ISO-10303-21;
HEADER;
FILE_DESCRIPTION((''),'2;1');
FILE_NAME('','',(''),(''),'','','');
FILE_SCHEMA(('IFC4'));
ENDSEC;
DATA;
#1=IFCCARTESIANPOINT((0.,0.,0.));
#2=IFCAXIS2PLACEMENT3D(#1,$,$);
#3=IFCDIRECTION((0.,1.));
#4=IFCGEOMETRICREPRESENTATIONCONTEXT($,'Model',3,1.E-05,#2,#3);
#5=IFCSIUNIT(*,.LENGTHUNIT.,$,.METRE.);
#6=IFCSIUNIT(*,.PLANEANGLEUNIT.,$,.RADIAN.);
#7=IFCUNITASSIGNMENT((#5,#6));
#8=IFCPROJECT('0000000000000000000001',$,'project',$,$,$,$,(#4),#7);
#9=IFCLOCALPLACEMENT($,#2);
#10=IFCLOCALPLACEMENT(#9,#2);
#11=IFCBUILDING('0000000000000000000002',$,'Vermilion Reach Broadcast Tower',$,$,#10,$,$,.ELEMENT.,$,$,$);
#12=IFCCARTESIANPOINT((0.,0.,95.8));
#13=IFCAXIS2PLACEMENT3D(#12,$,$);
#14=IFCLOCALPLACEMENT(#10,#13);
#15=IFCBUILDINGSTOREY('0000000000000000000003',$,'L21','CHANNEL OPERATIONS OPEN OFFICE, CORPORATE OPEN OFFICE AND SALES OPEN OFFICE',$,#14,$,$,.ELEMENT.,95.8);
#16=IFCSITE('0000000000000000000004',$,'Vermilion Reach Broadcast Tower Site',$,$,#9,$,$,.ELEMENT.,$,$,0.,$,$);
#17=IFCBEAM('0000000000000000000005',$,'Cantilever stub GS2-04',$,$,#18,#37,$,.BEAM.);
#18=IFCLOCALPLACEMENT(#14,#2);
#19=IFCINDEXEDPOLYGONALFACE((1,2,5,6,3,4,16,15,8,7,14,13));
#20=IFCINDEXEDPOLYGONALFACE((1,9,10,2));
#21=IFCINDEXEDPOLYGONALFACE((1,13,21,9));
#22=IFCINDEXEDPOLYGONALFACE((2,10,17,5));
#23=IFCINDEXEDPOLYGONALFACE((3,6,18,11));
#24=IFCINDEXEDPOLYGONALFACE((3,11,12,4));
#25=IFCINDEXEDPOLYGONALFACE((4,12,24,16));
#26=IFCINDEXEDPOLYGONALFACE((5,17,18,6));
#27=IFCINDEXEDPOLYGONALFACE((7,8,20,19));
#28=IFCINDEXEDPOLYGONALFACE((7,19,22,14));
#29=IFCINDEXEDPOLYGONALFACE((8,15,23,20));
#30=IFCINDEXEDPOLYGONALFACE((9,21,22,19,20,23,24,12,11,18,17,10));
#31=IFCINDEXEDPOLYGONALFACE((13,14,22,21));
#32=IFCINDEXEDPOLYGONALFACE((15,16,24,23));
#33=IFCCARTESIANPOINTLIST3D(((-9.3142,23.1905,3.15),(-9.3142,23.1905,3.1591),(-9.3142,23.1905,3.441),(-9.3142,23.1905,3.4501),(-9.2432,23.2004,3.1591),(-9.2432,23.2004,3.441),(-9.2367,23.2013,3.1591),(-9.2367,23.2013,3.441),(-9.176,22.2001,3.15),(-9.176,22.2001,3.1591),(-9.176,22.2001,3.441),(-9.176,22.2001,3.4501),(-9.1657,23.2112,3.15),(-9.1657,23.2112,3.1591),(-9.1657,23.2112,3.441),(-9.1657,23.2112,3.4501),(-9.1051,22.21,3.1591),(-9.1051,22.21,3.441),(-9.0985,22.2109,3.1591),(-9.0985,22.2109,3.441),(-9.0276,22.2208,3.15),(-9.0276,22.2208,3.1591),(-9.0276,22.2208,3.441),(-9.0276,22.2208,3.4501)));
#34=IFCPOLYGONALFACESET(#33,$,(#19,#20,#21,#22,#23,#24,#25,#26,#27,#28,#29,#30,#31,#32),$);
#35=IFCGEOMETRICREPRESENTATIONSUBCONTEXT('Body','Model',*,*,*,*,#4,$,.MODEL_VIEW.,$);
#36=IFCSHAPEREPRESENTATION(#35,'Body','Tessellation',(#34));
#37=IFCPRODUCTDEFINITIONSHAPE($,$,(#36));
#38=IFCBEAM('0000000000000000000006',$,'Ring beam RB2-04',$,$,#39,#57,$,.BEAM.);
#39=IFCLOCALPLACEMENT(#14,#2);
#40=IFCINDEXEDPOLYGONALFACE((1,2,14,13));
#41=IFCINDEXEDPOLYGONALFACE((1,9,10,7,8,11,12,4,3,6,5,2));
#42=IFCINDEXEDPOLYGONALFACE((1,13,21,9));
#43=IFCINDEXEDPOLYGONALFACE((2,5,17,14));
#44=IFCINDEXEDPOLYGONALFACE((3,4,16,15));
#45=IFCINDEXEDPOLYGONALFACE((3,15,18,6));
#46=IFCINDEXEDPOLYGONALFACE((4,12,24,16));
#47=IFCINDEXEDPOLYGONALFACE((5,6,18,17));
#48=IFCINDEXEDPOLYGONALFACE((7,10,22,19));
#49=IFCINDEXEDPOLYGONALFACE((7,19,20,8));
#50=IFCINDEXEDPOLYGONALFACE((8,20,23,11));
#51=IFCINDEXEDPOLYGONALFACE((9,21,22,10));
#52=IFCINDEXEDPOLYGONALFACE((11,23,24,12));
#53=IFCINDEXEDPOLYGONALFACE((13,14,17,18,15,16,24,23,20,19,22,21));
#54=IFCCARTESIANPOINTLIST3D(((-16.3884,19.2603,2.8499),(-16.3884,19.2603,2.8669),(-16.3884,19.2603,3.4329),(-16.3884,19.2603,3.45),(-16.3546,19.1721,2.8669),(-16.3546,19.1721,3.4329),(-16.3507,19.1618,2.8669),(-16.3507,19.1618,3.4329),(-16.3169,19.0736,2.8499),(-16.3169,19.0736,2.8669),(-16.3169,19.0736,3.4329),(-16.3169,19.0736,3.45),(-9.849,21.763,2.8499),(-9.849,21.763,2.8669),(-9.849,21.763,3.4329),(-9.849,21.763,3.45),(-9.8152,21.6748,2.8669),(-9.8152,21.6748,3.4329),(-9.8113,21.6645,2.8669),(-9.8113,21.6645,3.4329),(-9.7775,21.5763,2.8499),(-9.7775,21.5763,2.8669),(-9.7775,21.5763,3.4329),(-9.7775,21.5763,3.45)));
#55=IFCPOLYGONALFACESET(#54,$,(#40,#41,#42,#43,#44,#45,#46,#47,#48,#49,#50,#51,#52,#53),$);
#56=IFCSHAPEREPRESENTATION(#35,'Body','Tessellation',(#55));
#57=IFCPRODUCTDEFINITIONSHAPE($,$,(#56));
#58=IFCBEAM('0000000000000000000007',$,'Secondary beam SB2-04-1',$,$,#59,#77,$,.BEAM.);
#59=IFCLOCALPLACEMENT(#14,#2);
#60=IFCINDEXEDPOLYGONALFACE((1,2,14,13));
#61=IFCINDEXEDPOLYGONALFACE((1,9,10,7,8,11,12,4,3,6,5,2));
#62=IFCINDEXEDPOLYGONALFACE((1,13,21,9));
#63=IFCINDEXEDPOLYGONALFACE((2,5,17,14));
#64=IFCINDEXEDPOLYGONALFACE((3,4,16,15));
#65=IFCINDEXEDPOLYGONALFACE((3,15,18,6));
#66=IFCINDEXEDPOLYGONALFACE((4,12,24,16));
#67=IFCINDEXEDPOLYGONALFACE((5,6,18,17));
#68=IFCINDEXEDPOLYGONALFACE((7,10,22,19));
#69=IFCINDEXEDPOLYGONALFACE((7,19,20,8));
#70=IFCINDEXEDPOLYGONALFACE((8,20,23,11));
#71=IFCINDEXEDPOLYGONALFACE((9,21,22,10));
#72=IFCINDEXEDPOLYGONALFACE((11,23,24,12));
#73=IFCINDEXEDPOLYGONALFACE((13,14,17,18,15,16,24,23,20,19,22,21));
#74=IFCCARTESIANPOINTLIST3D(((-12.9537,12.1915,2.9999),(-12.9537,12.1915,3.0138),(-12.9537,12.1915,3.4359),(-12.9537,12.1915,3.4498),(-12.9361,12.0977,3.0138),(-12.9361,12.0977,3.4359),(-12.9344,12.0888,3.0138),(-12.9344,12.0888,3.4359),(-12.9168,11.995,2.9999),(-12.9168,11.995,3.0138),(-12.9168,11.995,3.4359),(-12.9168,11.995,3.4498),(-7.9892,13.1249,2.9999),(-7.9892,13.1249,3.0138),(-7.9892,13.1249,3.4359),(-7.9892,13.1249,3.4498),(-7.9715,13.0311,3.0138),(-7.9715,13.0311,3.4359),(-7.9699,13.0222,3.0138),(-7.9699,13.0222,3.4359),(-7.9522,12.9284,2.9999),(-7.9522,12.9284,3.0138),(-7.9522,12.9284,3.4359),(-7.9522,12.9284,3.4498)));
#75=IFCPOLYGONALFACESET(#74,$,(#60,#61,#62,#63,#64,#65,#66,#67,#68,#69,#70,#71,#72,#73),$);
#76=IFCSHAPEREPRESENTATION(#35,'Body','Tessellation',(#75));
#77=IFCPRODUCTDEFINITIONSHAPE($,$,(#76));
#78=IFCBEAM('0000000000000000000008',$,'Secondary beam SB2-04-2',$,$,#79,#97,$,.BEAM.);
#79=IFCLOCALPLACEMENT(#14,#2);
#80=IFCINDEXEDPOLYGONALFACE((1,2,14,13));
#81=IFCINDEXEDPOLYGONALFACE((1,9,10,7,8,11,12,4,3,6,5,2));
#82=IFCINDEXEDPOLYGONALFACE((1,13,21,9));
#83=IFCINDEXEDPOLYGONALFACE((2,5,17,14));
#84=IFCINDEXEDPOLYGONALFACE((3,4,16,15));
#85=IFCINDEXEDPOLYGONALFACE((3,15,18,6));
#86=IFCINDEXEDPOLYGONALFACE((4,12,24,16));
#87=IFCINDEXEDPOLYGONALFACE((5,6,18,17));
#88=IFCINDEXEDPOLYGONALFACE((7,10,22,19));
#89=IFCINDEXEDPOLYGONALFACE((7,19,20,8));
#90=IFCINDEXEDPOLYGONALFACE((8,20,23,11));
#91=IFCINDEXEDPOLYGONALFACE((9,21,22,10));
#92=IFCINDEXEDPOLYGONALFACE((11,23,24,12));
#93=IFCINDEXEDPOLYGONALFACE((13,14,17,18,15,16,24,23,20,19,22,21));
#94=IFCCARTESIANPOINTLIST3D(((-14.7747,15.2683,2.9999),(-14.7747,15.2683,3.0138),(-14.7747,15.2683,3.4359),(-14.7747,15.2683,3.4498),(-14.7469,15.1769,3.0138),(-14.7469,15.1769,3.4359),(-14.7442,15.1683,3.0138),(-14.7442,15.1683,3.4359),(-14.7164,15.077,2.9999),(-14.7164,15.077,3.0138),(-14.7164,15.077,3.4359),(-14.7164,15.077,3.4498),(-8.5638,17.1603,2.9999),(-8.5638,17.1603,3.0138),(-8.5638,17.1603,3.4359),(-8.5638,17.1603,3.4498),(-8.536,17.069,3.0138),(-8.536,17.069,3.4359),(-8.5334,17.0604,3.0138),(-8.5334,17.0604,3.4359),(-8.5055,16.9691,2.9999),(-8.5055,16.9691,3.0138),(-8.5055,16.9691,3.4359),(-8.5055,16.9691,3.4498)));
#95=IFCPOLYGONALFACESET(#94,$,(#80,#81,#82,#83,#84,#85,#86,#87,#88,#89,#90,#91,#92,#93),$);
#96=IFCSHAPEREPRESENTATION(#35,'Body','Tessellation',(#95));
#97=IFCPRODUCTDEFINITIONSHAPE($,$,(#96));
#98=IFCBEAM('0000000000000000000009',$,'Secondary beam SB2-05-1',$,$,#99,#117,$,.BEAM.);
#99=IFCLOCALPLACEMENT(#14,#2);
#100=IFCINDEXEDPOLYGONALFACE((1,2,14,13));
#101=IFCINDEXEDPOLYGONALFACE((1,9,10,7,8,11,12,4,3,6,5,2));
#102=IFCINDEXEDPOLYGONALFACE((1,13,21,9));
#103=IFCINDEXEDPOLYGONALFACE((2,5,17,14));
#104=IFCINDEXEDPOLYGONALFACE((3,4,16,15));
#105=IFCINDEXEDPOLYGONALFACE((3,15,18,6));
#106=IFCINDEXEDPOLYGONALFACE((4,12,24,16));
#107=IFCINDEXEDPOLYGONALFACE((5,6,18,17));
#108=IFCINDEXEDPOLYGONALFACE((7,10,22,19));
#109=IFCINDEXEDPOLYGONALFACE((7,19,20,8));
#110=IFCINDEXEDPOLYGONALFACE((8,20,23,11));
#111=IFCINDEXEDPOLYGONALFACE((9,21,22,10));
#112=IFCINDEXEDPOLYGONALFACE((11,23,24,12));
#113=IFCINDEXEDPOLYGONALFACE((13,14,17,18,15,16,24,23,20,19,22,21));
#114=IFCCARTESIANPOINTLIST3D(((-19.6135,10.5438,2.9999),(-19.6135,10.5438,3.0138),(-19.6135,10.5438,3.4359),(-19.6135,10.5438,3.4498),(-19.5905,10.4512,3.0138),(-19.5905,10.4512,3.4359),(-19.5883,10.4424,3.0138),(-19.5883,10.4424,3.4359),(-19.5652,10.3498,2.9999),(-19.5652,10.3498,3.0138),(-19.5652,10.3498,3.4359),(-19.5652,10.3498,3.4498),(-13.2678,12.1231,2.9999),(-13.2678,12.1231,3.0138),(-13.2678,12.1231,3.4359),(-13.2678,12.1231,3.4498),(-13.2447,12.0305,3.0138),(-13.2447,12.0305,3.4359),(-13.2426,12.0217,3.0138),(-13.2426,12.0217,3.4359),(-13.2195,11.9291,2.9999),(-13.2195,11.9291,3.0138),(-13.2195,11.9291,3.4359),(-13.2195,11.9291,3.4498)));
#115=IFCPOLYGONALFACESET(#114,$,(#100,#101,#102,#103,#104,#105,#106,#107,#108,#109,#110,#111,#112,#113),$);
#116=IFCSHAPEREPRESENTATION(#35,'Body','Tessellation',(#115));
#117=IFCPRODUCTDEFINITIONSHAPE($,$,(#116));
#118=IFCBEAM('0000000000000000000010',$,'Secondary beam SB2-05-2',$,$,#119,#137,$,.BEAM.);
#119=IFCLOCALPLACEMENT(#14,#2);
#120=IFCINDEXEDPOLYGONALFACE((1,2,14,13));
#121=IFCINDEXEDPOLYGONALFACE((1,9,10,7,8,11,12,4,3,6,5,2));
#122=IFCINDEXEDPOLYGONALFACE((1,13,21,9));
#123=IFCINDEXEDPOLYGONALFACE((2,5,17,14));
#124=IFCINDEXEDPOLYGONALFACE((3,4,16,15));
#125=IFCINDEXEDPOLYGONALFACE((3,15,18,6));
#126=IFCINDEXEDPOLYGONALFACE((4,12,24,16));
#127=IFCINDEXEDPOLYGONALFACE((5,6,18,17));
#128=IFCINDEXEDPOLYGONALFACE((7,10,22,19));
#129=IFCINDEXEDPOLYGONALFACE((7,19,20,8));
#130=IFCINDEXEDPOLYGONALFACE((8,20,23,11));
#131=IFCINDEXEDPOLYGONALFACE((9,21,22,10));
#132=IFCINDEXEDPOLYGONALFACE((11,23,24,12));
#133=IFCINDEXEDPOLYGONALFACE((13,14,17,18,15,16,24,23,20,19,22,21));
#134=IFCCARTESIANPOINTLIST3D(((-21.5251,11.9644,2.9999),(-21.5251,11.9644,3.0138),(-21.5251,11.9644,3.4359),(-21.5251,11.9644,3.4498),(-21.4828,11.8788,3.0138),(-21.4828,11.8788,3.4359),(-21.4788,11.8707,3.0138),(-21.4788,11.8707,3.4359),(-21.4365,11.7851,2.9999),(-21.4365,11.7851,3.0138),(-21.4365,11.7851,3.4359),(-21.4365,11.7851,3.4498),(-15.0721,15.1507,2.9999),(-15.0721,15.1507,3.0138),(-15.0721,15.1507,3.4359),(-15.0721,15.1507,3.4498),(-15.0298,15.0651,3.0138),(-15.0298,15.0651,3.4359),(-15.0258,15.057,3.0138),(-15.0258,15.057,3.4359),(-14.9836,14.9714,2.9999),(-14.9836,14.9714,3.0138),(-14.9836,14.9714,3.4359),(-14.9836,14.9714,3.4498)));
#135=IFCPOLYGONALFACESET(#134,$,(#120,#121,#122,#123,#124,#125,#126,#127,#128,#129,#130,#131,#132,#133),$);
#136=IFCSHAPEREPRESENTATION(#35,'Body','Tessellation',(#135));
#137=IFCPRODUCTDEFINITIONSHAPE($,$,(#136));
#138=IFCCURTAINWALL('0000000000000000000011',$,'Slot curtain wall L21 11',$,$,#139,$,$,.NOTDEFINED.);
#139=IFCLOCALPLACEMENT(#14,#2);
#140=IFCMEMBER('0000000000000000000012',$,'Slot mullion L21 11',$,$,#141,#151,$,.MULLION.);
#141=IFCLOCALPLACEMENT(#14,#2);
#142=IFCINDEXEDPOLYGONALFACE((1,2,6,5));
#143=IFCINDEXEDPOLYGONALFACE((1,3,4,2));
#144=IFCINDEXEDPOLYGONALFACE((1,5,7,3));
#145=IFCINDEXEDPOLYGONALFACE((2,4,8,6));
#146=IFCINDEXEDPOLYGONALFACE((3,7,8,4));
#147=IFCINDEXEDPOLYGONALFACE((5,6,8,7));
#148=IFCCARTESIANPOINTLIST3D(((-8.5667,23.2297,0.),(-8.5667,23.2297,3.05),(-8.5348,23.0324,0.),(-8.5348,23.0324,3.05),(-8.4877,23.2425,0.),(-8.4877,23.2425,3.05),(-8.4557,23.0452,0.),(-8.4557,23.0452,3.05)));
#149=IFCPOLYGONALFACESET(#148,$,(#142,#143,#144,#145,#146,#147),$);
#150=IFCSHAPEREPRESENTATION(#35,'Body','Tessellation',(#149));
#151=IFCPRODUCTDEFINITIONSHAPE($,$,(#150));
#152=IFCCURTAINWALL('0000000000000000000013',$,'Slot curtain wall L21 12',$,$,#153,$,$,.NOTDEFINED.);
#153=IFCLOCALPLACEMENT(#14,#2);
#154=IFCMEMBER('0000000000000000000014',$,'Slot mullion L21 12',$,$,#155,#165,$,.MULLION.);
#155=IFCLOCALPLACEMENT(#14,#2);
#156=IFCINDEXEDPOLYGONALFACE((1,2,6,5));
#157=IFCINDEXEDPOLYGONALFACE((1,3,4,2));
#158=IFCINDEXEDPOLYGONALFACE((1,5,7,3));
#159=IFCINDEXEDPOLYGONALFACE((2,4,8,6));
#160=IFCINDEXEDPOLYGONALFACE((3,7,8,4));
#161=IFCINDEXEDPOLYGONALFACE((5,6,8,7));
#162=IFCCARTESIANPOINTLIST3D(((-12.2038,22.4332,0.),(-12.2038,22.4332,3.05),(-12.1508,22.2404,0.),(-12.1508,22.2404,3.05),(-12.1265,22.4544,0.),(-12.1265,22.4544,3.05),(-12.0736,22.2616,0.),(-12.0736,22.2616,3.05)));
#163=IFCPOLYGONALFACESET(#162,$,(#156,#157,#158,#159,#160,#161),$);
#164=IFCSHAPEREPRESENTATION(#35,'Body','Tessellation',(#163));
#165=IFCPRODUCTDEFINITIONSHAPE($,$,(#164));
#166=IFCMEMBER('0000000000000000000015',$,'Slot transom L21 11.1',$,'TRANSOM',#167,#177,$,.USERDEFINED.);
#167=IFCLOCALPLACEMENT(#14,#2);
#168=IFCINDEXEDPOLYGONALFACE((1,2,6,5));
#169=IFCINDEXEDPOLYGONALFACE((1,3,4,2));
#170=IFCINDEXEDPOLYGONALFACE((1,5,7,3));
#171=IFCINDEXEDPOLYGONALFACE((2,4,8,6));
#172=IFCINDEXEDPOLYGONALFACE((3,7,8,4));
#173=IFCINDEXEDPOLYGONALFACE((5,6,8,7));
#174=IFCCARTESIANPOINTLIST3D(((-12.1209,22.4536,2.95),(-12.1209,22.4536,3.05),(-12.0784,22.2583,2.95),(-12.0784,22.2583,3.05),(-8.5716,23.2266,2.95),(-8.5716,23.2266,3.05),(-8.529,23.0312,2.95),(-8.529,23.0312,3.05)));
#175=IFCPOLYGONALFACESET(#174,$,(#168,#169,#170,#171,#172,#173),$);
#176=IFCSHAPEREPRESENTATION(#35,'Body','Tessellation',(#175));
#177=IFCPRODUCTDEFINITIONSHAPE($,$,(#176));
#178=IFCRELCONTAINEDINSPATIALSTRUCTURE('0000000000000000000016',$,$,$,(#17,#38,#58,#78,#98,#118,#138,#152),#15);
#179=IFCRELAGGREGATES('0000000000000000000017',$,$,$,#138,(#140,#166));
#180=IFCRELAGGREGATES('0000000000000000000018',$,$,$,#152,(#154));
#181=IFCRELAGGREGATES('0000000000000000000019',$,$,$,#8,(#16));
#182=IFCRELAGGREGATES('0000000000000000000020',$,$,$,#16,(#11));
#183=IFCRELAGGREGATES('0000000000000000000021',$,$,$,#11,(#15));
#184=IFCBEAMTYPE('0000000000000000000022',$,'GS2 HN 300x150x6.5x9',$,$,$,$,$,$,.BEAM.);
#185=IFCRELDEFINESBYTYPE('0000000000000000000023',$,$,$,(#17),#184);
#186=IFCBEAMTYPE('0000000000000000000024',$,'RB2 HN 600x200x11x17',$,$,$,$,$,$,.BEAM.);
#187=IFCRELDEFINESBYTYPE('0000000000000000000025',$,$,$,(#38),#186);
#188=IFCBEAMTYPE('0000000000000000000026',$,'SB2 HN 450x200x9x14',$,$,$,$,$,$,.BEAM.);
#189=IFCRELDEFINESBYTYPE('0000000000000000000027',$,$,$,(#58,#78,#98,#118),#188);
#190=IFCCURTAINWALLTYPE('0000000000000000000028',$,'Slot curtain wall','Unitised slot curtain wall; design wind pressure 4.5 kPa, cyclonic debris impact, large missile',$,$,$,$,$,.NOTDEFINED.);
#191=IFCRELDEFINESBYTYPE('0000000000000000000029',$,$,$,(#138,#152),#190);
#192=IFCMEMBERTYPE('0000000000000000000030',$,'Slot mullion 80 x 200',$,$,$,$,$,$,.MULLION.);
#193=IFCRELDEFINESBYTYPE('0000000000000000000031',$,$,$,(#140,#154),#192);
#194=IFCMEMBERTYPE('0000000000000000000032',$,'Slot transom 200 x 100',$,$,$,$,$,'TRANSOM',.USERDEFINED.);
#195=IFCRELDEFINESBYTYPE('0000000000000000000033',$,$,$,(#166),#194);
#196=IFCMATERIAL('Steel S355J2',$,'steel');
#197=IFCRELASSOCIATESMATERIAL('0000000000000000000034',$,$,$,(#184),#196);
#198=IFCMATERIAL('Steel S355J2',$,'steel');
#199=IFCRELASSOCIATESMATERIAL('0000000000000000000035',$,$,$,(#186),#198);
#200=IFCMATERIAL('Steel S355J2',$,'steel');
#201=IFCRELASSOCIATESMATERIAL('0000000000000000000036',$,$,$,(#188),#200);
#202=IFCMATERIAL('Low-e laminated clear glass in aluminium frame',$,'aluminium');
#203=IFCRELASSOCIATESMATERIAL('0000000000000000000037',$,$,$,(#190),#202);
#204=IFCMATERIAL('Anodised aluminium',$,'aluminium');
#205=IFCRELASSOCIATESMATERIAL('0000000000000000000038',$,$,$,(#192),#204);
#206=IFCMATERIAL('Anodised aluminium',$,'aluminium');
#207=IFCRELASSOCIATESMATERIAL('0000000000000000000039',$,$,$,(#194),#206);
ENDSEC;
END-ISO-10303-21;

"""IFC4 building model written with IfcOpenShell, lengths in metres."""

from ifc_helpers import new_model, si_unit, direction, frame, origin, origin_2d, place, context, subcontext, project, spatial, rectangle, i_section, extrude, material, material_profile, profile_set, type_object, element, aggregate, save


model = new_model("IFC4")

# Units and contexts
model_context = context("Model", 3, precision=1e-05, world=origin(), true_north=direction((0.0, 1.0)))
body_context = subcontext(model_context, "Body", "Model", "MODEL_VIEW")
ifc_project = project(units=[si_unit("LENGTHUNIT", "METRE"), si_unit("PLANEANGLEUNIT", "RADIAN")], contexts=[model_context])

# Site, building, storey
site_placement = place(None, origin())
site = spatial("IfcSite", under=ifc_project, at=site_placement, Name="Vermilion Reach Broadcast Tower Site", CompositionType="ELEMENT", RefElevation=0.0)
building_placement = place(site_placement, origin())
building = spatial("IfcBuilding", under=site, at=building_placement, Name="Vermilion Reach Broadcast Tower", CompositionType="ELEMENT")
storey_placement = place(building_placement, frame((0.0, 0.0, 95.8)))
storey = spatial("IfcBuildingStorey", under=building, at=storey_placement, Name="L21", Description="CHANNEL OPERATIONS OPEN OFFICE, CORPORATE OPEN OFFICE AND SALES OPEN OFFICE", CompositionType="ELEMENT", Elevation=95.8)

# Beams
ifc_material_1 = material(Name="Steel S355J2", Category="steel")
ifc_material_profile_1 = material_profile(ifc_material_1, i_section(OverallWidth=0.1499, OverallDepth=0.3, WebThickness=0.0066, FlangeThickness=0.009, at=origin_2d()), Name="S355J2 HN 300x150x6.5x9")
ifc_profile_set_1 = profile_set([ifc_material_profile_1], Name="Steel S355J2")
beam_type_1 = type_object("IfcBeamType", Name="GS2 HN 300x150x6.5x9", PredefinedType="BEAM", material=ifc_profile_set_1)
beam_1_placement = place(storey_placement, frame((-9.1018, 22.2104, 3.3), z_axis=(-0.138174, 0.990408, 0.0), x_axis=(-0.990408, -0.138174, 0.0)))
element("IfcBeam", 1, at=beam_1_placement, inside=storey, type_object=beam_type_1, Name="Cantilever stub GS2-04", PredefinedType="BEAM", context=body_context, shape_type="SweptSolid", body=[
    extrude(i_section(OverallWidth=0.1499, OverallDepth=0.3, WebThickness=0.0066, FlangeThickness=0.009, at=origin_2d()), origin(), (0.0, 0.0, 1.0), 1.0),
])
ifc_material_2 = material(Name="Steel S355J2", Category="steel")
ifc_material_profile_2 = material_profile(ifc_material_2, i_section(OverallWidth=0.2, OverallDepth=0.6001, WebThickness=0.011, FlangeThickness=0.0171, at=origin_2d()), Name="S355J2 HN 600x200x11x17")
ifc_profile_set_2 = profile_set([ifc_material_profile_2], Name="Steel S355J2")
beam_type_2 = type_object("IfcBeamType", Name="RB2 HN 600x200x11x17", PredefinedType="BEAM", material=ifc_profile_set_2)
beam_2_placement = place(storey_placement, frame((-9.8132, 21.6697, 3.1499), z_axis=(-0.933939, -0.357432, 0.0), x_axis=(0.357432, -0.933939, 0.0)))
element("IfcBeam", 2, at=beam_2_placement, inside=storey, type_object=beam_type_2, Name="Ring beam RB2-04", PredefinedType="BEAM", context=body_context, shape_type="SweptSolid", body=[
    extrude(i_section(OverallWidth=0.2, OverallDepth=0.6001, WebThickness=0.011, FlangeThickness=0.0171, at=origin_2d()), origin(), (0.0, 0.0, 1.0), 7.002),
])
ifc_material_3 = material(Name="Steel S355J2", Category="steel")
ifc_material_profile_3 = material_profile(ifc_material_3, i_section(OverallWidth=0.2, OverallDepth=0.45, WebThickness=0.009, FlangeThickness=0.0139, at=origin_2d()), Name="S355J2 HN 450x200x9x14")
ifc_profile_set_3 = profile_set([ifc_material_profile_3], Name="Steel S355J2")
beam_type_3 = type_object("IfcBeamType", Name="SB2 HN 450x200x9x14", PredefinedType="BEAM", material=ifc_profile_set_3)
beam_3_placement = place(storey_placement, frame((-7.9707, 13.0266, 3.2249), z_axis=(-0.982783, -0.184764, 0.0), x_axis=(0.184764, -0.982783, 0.0)))
element("IfcBeam", 3, at=beam_3_placement, inside=storey, type_object=beam_type_3, Name="Secondary beam SB2-04-1", PredefinedType="BEAM", context=body_context, shape_type="SweptSolid", body=[
    extrude(i_section(OverallWidth=0.2, OverallDepth=0.45, WebThickness=0.009, FlangeThickness=0.0139, at=origin_2d()), origin(), (0.0, 0.0, 1.0), 5.0515),
])
beam_4_placement = place(storey_placement, frame((-8.5347, 17.0647, 3.2249), z_axis=(-0.956596, -0.291416, 0.0), x_axis=(0.291416, -0.956596, 0.0)))
element("IfcBeam", 4, at=beam_4_placement, inside=storey, type_object=beam_type_3, Name="Secondary beam SB2-04-2", PredefinedType="BEAM", context=body_context, shape_type="SweptSolid", body=[
    extrude(i_section(OverallWidth=0.2, OverallDepth=0.45, WebThickness=0.009, FlangeThickness=0.0139, at=origin_2d()), origin(), (0.0, 0.0, 1.0), 6.4927),
])
beam_5_placement = place(storey_placement, frame((-13.2437, 12.0261, 3.2249), z_axis=(-0.970397, -0.241516, 0.0), x_axis=(0.241516, -0.970397, 0.0)))
element("IfcBeam", 5, at=beam_5_placement, inside=storey, type_object=beam_type_3, Name="Secondary beam SB2-05-1", PredefinedType="BEAM", context=body_context, shape_type="SweptSolid", body=[
    extrude(i_section(OverallWidth=0.2, OverallDepth=0.45, WebThickness=0.009, FlangeThickness=0.0139, at=origin_2d()), origin(), (0.0, 0.0, 1.0), 6.5393),
])
beam_6_placement = place(storey_placement, frame((-15.0278, 15.061, 3.2249), z_axis=(-0.896648, -0.442744, 0.0), x_axis=(0.442744, -0.896648, 0.0)))
element("IfcBeam", 6, at=beam_6_placement, inside=storey, type_object=beam_type_3, Name="Secondary beam SB2-05-2", PredefinedType="BEAM", context=body_context, shape_type="SweptSolid", body=[
    extrude(i_section(OverallWidth=0.2, OverallDepth=0.45, WebThickness=0.009, FlangeThickness=0.0139, at=origin_2d()), origin(), (0.0, 0.0, 1.0), 7.1968),
])

# Curtain walls, members
ifc_material_4 = material(Name="Low-e laminated clear glass in aluminium frame", Category="aluminium")
curtain_wall_type = type_object("IfcCurtainWallType", Name="Slot curtain wall", Description="Unitised slot curtain wall; design wind pressure 4.5 kPa, cyclonic debris impact, large missile", PredefinedType="NOTDEFINED", material=ifc_material_4)
placement = place(storey_placement, origin())
curtain_wall_1 = element("IfcCurtainWall", 7, at=placement, inside=storey, type_object=curtain_wall_type, Name="Slot curtain wall L21 11", PredefinedType="NOTDEFINED")
ifc_material_5 = material(Name="Anodised aluminium", Category="aluminium")
ifc_material_profile_4 = material_profile(ifc_material_5, rectangle(XDim=0.2, YDim=0.0801, at=origin_2d()), Name="Slot mullion 80 x 200")
ifc_profile_set_4 = profile_set([ifc_material_profile_4], Name="Anodised aluminium")
member_type_1 = type_object("IfcMemberType", Name="Slot mullion 80 x 200", PredefinedType="MULLION", material=ifc_profile_set_4)
member_1_placement = place(storey_placement, frame((-8.5112, 23.1375, 0.0), z_axis=(0.0, 0.0, 1.0), x_axis=(0.159779, -0.987153, 0.0)))
member_1 = element("IfcMember", 8, at=member_1_placement, type_object=member_type_1, Name="Slot mullion L21 11", PredefinedType="MULLION", context=body_context, shape_type="SweptSolid", body=[
    extrude(rectangle(XDim=0.2, YDim=0.0801, at=origin_2d()), origin(), (0.0, 0.0, 1.0), 3.05),
])
curtain_wall_2 = element("IfcCurtainWall", 9, at=placement, inside=storey, type_object=curtain_wall_type, Name="Slot curtain wall L21 12", PredefinedType="NOTDEFINED")
member_2_placement = place(storey_placement, frame((-12.1387, 22.3474, 0.0), z_axis=(0.0, 0.0, 1.0), x_axis=(0.264883, -0.964281, 0.0)))
member_2 = element("IfcMember", 10, at=member_2_placement, type_object=member_type_1, Name="Slot mullion L21 12", PredefinedType="MULLION", context=body_context, shape_type="SweptSolid", body=[
    extrude(rectangle(XDim=0.2, YDim=0.0801, at=origin_2d()), origin(), (0.0, 0.0, 1.0), 3.05),
])

# Member
ifc_material_6 = material(Name="Anodised aluminium", Category="aluminium")
ifc_material_profile_5 = material_profile(ifc_material_6, rectangle(XDim=0.2, YDim=0.1001, at=origin_2d()), Name="Slot transom 200 x 100")
ifc_profile_set_5 = profile_set([ifc_material_profile_5], Name="Anodised aluminium")
member_type_2 = type_object("IfcMemberType", Name="Slot transom 200 x 100", ElementType="TRANSOM", PredefinedType="USERDEFINED", material=ifc_profile_set_5)
member_3_placement = place(storey_placement, frame((-8.5503, 23.1289, 3.0), z_axis=(-0.977099, -0.212787, 0.0), x_axis=(0.212787, -0.977099, 0.0)))
member_3 = element("IfcMember", 11, at=member_3_placement, type_object=member_type_2, Name="Slot transom L21 11.1", ObjectType="TRANSOM", PredefinedType="USERDEFINED", context=body_context, shape_type="SweptSolid", body=[
    extrude(rectangle(XDim=0.2, YDim=0.1001, at=origin_2d()), origin(), (0.0, 0.0, 1.0), 3.6326),
])

aggregate(curtain_wall_1, [member_1, member_3])
aggregate(curtain_wall_2, [member_2])

save(model, "model.ifc")
